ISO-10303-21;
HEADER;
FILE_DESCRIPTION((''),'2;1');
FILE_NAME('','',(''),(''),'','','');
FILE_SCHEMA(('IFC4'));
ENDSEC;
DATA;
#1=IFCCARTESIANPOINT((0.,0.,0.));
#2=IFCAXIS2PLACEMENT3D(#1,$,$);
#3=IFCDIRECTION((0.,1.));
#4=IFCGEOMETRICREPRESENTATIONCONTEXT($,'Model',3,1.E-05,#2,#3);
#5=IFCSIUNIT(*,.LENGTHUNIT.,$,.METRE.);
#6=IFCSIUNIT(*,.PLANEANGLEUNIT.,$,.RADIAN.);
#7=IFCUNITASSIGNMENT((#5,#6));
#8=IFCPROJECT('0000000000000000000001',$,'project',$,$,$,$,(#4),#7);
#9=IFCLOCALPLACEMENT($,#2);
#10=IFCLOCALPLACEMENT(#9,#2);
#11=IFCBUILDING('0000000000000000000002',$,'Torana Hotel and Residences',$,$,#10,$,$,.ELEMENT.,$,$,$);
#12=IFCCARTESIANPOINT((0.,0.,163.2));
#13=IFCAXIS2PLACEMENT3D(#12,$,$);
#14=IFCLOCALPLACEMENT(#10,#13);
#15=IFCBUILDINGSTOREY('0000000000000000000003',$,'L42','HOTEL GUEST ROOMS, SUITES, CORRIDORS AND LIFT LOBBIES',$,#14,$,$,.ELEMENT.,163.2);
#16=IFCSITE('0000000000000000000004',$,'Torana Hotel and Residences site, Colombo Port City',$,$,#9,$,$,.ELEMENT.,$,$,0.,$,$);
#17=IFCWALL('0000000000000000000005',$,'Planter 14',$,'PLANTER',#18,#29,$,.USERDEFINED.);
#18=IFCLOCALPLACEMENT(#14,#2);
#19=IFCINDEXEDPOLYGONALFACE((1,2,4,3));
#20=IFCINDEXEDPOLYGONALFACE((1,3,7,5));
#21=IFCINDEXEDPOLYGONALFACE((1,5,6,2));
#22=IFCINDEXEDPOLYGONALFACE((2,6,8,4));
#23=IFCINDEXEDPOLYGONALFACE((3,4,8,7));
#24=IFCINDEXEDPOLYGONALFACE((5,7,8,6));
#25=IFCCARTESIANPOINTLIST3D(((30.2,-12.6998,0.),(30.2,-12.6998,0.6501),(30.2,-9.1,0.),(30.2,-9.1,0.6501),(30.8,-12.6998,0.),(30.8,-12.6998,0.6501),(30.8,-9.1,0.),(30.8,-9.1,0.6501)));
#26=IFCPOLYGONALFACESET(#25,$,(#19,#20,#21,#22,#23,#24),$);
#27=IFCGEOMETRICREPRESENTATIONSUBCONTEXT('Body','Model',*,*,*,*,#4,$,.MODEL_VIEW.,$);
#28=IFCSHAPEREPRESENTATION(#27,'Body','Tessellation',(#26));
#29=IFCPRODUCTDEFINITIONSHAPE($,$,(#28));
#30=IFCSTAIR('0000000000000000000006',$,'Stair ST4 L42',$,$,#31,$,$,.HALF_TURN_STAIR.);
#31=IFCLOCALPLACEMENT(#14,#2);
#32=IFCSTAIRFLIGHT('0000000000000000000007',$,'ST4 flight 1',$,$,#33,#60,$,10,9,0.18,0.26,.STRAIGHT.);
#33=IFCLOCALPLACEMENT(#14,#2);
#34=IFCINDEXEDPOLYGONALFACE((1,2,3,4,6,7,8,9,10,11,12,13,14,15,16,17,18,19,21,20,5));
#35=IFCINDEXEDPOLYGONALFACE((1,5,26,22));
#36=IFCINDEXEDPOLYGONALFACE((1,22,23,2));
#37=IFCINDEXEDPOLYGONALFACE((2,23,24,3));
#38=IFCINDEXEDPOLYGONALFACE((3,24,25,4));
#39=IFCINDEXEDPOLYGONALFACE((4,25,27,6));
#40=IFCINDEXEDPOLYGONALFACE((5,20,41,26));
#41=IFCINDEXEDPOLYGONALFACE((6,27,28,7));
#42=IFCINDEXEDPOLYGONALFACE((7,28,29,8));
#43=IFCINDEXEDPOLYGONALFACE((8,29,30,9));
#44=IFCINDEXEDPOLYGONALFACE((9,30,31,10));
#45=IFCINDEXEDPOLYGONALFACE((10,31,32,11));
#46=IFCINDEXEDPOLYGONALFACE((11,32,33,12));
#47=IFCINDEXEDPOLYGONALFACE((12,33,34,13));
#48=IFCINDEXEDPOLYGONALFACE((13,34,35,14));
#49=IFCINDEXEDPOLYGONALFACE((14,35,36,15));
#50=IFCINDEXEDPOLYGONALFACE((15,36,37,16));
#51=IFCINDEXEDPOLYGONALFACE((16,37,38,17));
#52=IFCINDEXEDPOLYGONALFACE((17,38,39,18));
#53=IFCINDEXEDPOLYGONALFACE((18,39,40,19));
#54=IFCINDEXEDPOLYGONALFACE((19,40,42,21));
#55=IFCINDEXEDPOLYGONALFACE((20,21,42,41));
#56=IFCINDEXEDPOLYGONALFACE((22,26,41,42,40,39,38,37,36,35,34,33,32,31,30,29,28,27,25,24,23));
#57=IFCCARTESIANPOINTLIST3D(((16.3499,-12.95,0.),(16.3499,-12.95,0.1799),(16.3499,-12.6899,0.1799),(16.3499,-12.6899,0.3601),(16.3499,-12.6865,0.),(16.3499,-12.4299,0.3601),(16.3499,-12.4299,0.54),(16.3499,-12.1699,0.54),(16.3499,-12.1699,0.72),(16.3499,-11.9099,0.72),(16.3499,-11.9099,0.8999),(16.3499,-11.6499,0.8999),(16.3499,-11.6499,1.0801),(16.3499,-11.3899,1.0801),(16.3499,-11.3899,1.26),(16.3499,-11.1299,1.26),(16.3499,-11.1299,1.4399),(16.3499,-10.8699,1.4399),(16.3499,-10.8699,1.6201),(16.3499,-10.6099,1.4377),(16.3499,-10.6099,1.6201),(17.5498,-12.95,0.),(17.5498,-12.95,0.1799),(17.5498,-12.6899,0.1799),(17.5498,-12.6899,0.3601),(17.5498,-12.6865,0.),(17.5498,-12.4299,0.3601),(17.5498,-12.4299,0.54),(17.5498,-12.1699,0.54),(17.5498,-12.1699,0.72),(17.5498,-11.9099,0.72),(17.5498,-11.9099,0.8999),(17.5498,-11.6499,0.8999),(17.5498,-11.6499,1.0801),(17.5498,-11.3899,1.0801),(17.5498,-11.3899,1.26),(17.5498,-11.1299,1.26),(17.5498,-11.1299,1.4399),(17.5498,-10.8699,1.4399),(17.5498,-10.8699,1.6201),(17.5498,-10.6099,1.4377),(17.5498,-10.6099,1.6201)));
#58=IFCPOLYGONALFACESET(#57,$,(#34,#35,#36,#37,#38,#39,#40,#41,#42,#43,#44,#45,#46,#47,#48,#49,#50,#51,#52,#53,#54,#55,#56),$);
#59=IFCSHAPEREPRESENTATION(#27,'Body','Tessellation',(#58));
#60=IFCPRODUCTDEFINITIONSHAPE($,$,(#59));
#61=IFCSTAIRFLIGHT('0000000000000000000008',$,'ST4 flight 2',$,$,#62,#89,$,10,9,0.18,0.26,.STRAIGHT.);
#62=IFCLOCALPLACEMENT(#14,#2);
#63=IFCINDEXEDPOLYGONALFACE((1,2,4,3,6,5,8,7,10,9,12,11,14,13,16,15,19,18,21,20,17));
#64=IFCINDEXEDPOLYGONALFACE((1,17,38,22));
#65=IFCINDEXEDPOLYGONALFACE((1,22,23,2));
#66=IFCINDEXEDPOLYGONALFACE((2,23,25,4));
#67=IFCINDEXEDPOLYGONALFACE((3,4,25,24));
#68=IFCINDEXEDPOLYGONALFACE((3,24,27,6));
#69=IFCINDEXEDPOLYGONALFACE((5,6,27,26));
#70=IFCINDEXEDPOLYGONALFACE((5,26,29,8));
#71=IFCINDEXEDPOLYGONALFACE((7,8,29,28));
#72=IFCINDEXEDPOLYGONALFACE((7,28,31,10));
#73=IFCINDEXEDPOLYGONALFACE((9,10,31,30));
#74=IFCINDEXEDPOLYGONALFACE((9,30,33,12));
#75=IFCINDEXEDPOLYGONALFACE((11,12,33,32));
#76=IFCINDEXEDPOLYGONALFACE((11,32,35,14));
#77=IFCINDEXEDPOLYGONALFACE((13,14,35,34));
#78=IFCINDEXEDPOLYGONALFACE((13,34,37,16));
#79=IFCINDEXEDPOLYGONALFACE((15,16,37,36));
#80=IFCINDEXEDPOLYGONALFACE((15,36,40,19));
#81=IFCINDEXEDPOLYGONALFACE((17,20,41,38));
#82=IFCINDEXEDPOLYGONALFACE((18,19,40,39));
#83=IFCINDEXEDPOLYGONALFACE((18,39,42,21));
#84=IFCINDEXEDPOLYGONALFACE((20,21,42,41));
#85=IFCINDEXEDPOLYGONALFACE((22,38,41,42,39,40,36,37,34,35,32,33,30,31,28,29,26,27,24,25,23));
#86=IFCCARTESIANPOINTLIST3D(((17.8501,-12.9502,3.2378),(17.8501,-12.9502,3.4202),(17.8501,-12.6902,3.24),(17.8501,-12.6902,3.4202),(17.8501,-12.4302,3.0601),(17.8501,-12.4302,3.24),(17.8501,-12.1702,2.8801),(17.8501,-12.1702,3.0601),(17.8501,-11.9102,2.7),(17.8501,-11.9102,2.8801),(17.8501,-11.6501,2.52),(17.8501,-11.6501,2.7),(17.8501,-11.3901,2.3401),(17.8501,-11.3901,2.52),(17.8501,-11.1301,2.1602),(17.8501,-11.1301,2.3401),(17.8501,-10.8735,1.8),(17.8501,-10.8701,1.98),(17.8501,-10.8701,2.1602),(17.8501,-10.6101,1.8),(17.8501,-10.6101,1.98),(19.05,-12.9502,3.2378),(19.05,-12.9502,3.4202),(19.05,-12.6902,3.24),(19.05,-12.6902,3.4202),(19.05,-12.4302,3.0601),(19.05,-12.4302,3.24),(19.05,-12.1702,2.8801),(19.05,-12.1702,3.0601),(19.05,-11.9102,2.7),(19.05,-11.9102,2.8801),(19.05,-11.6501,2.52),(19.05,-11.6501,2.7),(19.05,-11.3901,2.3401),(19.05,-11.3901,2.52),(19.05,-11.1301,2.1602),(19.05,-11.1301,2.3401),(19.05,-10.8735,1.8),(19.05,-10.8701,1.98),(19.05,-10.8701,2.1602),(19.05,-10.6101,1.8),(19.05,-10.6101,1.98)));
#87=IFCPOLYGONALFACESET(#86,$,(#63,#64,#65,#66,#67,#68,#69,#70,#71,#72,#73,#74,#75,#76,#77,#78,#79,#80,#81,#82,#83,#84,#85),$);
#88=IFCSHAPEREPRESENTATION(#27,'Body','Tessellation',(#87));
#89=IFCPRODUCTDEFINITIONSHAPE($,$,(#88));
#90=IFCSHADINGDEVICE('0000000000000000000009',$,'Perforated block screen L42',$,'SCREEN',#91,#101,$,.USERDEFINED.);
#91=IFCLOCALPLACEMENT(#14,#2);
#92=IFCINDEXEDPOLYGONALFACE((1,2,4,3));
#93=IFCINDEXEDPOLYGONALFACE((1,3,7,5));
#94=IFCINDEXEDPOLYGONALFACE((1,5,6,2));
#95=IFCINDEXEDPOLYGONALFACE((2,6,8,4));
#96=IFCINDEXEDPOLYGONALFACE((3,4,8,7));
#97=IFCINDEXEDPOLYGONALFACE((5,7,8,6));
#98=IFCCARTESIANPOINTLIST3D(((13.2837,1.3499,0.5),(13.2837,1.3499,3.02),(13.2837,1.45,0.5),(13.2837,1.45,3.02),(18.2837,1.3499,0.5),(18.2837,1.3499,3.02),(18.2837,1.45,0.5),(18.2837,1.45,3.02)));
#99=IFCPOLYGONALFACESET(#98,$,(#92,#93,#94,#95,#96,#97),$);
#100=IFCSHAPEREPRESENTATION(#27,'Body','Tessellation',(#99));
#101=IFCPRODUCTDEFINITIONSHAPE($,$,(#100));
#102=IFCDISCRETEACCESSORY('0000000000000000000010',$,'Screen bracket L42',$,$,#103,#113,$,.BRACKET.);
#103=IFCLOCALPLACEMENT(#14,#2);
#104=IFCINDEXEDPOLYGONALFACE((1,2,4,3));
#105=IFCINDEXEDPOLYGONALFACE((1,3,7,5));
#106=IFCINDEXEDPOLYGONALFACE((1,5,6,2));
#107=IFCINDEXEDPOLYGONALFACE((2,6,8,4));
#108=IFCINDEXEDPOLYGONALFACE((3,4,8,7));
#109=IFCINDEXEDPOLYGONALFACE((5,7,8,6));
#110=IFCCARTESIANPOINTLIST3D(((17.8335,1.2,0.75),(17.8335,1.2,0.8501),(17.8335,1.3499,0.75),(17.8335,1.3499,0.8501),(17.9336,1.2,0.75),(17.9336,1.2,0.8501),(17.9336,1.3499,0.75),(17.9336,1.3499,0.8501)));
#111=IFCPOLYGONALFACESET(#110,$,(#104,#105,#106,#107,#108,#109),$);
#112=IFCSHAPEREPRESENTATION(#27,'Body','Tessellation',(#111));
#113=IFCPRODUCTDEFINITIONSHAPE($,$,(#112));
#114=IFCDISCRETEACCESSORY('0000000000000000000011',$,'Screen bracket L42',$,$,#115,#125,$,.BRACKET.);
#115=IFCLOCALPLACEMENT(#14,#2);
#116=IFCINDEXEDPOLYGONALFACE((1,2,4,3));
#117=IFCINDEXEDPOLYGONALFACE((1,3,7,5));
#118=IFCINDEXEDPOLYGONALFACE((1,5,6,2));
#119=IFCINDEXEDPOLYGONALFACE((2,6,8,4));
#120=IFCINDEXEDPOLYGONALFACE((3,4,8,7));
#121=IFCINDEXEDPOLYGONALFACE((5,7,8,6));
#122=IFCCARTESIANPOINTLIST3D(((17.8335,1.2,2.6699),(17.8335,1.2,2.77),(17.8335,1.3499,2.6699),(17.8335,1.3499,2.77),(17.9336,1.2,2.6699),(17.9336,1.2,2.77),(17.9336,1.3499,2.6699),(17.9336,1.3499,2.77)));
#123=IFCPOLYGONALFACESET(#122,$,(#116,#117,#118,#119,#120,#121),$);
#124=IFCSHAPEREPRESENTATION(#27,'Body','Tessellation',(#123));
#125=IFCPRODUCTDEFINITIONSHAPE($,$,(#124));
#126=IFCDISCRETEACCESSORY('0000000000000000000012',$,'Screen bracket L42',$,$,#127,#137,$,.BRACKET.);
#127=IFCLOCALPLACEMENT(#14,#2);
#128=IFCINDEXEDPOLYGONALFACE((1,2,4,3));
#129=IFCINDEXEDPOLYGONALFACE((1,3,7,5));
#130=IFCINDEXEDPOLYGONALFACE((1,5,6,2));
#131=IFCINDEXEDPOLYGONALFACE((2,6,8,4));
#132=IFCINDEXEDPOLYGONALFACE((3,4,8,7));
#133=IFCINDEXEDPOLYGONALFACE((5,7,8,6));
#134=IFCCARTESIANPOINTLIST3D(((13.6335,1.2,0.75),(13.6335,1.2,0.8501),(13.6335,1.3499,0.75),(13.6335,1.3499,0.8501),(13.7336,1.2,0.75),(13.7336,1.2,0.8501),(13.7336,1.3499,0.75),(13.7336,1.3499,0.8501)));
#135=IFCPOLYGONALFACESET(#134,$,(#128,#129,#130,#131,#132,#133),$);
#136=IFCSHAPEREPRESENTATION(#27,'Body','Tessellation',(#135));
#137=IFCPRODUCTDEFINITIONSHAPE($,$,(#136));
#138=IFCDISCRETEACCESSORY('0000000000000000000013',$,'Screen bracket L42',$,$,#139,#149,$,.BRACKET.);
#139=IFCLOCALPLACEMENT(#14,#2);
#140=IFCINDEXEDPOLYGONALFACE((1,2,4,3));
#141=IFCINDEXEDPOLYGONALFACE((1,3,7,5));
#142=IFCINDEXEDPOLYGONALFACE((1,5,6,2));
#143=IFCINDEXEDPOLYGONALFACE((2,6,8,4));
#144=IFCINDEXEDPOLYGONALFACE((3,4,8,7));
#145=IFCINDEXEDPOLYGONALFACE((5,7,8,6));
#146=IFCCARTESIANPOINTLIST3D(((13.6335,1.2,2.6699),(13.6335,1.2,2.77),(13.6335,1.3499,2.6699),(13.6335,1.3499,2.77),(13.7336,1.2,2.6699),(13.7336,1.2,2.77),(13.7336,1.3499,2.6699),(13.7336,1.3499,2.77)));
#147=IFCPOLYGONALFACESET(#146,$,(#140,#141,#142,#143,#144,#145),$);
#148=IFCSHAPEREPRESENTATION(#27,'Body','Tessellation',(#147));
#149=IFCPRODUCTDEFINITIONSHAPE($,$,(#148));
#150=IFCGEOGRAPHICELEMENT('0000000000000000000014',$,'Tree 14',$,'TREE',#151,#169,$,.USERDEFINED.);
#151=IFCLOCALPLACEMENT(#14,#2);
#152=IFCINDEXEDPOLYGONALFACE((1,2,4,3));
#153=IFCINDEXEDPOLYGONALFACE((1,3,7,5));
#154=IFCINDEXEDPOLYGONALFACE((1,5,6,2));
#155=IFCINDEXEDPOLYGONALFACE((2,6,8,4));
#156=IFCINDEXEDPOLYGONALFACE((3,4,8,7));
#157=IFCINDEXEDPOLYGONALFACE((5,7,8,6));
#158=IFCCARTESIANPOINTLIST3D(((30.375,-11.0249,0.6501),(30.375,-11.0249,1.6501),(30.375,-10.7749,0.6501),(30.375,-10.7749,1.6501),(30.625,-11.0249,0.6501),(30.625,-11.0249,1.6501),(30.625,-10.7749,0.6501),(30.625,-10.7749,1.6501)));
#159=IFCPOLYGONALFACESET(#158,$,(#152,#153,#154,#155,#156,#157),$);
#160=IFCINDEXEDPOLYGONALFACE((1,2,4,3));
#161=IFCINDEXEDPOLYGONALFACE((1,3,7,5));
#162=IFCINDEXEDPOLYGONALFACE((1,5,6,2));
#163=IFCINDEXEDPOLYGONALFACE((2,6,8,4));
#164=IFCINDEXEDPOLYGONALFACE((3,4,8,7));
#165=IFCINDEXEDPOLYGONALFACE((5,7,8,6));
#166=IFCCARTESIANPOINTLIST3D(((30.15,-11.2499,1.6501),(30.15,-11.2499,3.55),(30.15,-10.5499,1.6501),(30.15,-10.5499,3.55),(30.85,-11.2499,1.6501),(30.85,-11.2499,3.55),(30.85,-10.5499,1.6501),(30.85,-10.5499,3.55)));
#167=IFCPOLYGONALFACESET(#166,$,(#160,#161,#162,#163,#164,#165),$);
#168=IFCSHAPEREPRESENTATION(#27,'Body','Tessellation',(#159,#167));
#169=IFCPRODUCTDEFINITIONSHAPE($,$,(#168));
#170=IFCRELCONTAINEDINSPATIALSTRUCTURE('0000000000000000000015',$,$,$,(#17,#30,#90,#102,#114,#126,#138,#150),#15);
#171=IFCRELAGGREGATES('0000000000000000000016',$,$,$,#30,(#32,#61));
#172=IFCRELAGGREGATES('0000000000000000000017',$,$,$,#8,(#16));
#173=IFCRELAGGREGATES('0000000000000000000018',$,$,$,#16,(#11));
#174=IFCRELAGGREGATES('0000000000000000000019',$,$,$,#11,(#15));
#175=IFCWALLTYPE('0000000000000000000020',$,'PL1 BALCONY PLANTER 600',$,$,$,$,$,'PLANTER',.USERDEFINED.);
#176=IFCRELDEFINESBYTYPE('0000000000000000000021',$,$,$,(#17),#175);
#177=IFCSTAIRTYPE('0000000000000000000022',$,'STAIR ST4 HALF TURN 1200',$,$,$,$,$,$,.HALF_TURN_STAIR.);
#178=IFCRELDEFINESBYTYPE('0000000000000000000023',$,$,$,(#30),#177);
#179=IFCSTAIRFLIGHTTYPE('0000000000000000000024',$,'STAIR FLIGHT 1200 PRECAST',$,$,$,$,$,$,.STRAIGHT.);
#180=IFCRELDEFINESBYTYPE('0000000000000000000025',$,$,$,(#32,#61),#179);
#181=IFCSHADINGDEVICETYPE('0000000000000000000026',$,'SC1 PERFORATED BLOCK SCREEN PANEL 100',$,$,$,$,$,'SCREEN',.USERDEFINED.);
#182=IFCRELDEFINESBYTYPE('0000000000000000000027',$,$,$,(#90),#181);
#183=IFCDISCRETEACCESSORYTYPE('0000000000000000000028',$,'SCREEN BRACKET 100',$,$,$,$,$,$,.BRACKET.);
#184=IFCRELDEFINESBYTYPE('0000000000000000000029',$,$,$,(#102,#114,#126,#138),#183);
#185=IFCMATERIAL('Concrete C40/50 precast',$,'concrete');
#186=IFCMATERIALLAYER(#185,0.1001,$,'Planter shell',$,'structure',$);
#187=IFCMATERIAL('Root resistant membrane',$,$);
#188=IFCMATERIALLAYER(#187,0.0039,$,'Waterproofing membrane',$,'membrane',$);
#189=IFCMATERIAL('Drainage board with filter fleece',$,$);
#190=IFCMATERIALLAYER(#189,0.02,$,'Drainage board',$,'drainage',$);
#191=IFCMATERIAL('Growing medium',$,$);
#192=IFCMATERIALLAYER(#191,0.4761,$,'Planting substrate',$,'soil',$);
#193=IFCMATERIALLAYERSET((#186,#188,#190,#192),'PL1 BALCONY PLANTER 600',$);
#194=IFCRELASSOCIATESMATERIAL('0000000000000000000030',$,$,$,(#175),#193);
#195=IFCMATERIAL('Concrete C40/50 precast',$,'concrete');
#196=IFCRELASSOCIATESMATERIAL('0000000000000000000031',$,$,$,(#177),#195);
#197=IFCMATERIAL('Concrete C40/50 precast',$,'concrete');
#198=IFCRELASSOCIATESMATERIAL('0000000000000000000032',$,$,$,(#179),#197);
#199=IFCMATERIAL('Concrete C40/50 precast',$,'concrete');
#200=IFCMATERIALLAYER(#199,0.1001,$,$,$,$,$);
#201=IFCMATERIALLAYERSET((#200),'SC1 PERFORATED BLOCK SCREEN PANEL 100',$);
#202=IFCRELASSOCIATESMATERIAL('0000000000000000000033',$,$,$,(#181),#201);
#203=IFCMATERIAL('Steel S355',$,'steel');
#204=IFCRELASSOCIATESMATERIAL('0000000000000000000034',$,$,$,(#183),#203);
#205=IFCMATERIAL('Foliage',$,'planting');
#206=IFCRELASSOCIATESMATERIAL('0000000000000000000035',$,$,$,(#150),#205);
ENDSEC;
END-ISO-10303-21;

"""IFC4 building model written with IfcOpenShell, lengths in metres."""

from ifc_helpers import new_model, si_unit, direction, frame, frame_2d, origin, origin_2d, place, context, subcontext, project, spatial, polyline, rectangle, outline, extrude, material, layer, layer_set, type_object, element, aggregate, save


model = new_model("IFC4")

# Units and contexts
model_context = context("Model", 3, precision=1e-05, world=origin(), true_north=direction((0.0, 1.0)))
body_context = subcontext(model_context, "Body", "Model", "MODEL_VIEW")
ifc_project = project(units=[si_unit("LENGTHUNIT", "METRE"), si_unit("PLANEANGLEUNIT", "RADIAN")], contexts=[model_context])

# Site, building, storey
site_placement = place(None, origin())
site = spatial("IfcSite", under=ifc_project, at=site_placement, Name="Torana Hotel and Residences site, Colombo Port City", CompositionType="ELEMENT", RefElevation=0.0)
building_placement = place(site_placement, origin())
building = spatial("IfcBuilding", under=site, at=building_placement, Name="Torana Hotel and Residences", CompositionType="ELEMENT")
storey_placement = place(building_placement, frame((0.0, 0.0, 163.2)))
storey = spatial("IfcBuildingStorey", under=building, at=storey_placement, Name="L42", Description="HOTEL GUEST ROOMS, SUITES, CORRIDORS AND LIFT LOBBIES", CompositionType="ELEMENT", Elevation=163.2)

# Shared definitions
ifc_material_1 = material(Name="Concrete C40/50 precast", Category="concrete")

# Wall
ifc_layer_1 = layer(ifc_material_1, 0.1001, Name="Planter shell", Category="structure")
ifc_material_2 = material(Name="Root resistant membrane")
ifc_layer_2 = layer(ifc_material_2, 0.0039, Name="Waterproofing membrane", Category="membrane")
ifc_material_3 = material(Name="Drainage board with filter fleece")
ifc_layer_3 = layer(ifc_material_3, 0.02, Name="Drainage board", Category="drainage")
ifc_material_4 = material(Name="Growing medium")
ifc_layer_4 = layer(ifc_material_4, 0.4761, Name="Planting substrate", Category="soil")
ifc_layer_set_1 = layer_set([ifc_layer_1, ifc_layer_2, ifc_layer_3, ifc_layer_4], Name="PL1 BALCONY PLANTER 600")
wall_type_1 = type_object("IfcWallType", Name="PL1 BALCONY PLANTER 600", ElementType="PLANTER", PredefinedType="USERDEFINED", material=ifc_layer_set_1)
wall_1_placement = place(storey_placement, frame((30.5, -9.1001, 0.0), z_axis=(0.0, 0.0, 1.0), x_axis=(0.0, -1.0, 0.0)))
element("IfcWall", 1, at=wall_1_placement, inside=storey, type_object=wall_type_1, Name="Planter 14", ObjectType="PLANTER", PredefinedType="USERDEFINED", context=body_context, shape_type="SweptSolid", body=[
    extrude(rectangle(XDim=3.5999, YDim=0.6001, at=frame_2d((1.7998, 0.0))), origin(), (0.0, 0.0, 1.0), 0.6501),
])

# Stair, stair flights
ifc_material_5 = material(Name="Concrete C40/50 precast", Category="concrete")
stair_type = type_object("IfcStairType", Name="STAIR ST4 HALF TURN 1200", PredefinedType="HALF_TURN_STAIR", material=ifc_material_5)
stair_placement = place(storey_placement, origin())
stair = element("IfcStair", 2, at=stair_placement, inside=storey, type_object=stair_type, Name="Stair ST4 L42", PredefinedType="HALF_TURN_STAIR")
ifc_material_6 = material(Name="Concrete C40/50 precast", Category="concrete")
stair_flight_type = type_object("IfcStairFlightType", Name="STAIR FLIGHT 1200 PRECAST", PredefinedType="STRAIGHT", material=ifc_material_6)
stair_flight_1_placement = place(storey_placement, frame((16.95, -12.95, 0.0), z_axis=(0.0, 0.0, 1.0), x_axis=(0.0, 1.0, 0.0)))
stair_flight_1 = element("IfcStairFlight", 3, at=stair_flight_1_placement, type_object=stair_flight_type, Name="ST4 flight 1", NumberOfRisers=10, NumberOfTreads=9, PredefinedType="STRAIGHT", RiserHeight=0.18, TreadLength=0.26, context=body_context, shape_type="SweptSolid", body=[
    extrude(outline(polyline([(0.0, 0.0), (0.0, 0.1799), (0.26, 0.1799), (0.26, 0.3601), (0.52, 0.3601), (0.52, 0.54), (0.78, 0.54), (0.78, 0.72), (1.04, 0.72), (1.04, 0.8999), (1.3, 0.8999), (1.3, 1.0801), (1.5601, 1.0801), (1.5601, 1.26), (1.8201, 1.26), (1.8201, 1.4399), (2.0801, 1.4399), (2.0801, 1.6201), (2.3401, 1.6201), (2.3401, 1.8), (2.3401, 1.4377), (0.2634, 0.0), (0.0, 0.0)])), frame((0.0, 0.6001, 0.0), z_axis=(0.0, -1.0, 0.0), x_axis=(1.0, 0.0, 0.0)), (0.0, 0.0, 1.0), 1.2),
])
stair_flight_2_placement = place(storey_placement, frame((18.45, -10.6101, 1.8), z_axis=(0.0, 0.0, 1.0), x_axis=(0.0, -1.0, 0.0)))
stair_flight_2 = element("IfcStairFlight", 4, at=stair_flight_2_placement, type_object=stair_flight_type, Name="ST4 flight 2", NumberOfRisers=10, NumberOfTreads=9, PredefinedType="STRAIGHT", RiserHeight=0.18, TreadLength=0.26, context=body_context, shape_type="SweptSolid", body=[
    extrude(outline(polyline([(0.0, 0.0), (0.0, 0.1799), (0.26, 0.1799), (0.26, 0.3601), (0.52, 0.3601), (0.52, 0.54), (0.78, 0.54), (0.78, 0.72), (1.04, 0.72), (1.04, 0.8999), (1.3, 0.8999), (1.3, 1.0801), (1.5601, 1.0801), (1.5601, 1.26), (1.8201, 1.26), (1.8201, 1.4399), (2.0801, 1.4399), (2.0801, 1.6201), (2.3401, 1.6201), (2.3401, 1.8), (2.3401, 1.4377), (0.2634, 0.0), (0.0, 0.0)])), frame((0.0, 0.6001, 0.0), z_axis=(0.0, -1.0, 0.0), x_axis=(1.0, 0.0, 0.0)), (0.0, 0.0, 1.0), 1.2),
])
aggregate(stair, [stair_flight_1, stair_flight_2])

# Shading device
ifc_material_7 = material(Name="Concrete C40/50 precast", Category="concrete")
ifc_layer_5 = layer(ifc_material_7, 0.1001)
ifc_layer_set_2 = layer_set([ifc_layer_5], Name="SC1 PERFORATED BLOCK SCREEN PANEL 100")
shading_device_type = type_object("IfcShadingDeviceType", Name="SC1 PERFORATED BLOCK SCREEN PANEL 100", ElementType="SCREEN", PredefinedType="USERDEFINED", material=ifc_layer_set_2)
shading_device_placement = place(storey_placement, frame((15.7837, 1.3999, 0.5), z_axis=(0.0, 0.0, 1.0), x_axis=(-1.0, 0.0, 0.0)))
element("IfcShadingDevice", 5, at=shading_device_placement, inside=storey, type_object=shading_device_type, Name="Perforated block screen L42", ObjectType="SCREEN", PredefinedType="USERDEFINED", context=body_context, shape_type="SweptSolid", body=[
    extrude(rectangle(XDim=5.0, YDim=0.1001, at=origin_2d()), origin(), (0.0, 0.0, 1.0), 2.52),
])

# Discrete accessories
ifc_material_8 = material(Name="Steel S355", Category="steel")
discrete_accessory_type = type_object("IfcDiscreteAccessoryType", Name="SCREEN BRACKET 100", PredefinedType="BRACKET", material=ifc_material_8)
for number, where, z_axis, x_axis, name in (
    (6, (17.8835, 1.2749, 0.75), (0.0, 0.0, 1.0), (-1.0, 0.0, 0.0), "Screen bracket L42"),
    (7, (17.8835, 1.2749, 2.6699), (0.0, 0.0, 1.0), (-1.0, 0.0, 0.0), "Screen bracket L42"),
    (8, (13.6836, 1.2749, 0.75), (0.0, 0.0, 1.0), (-1.0, 0.0, 0.0), "Screen bracket L42"),
    (9, (13.6836, 1.2749, 2.6699), (0.0, 0.0, 1.0), (-1.0, 0.0, 0.0), "Screen bracket L42"),
):
    element("IfcDiscreteAccessory", number, at=place(storey_placement, frame(where, z_axis=z_axis, x_axis=x_axis)), inside=storey, type_object=discrete_accessory_type, Name=name, PredefinedType="BRACKET", context=body_context, shape_type="SweptSolid", body=[
        extrude(rectangle(XDim=0.1001, YDim=0.1499, at=origin_2d()), origin(), (0.0, 0.0, 1.0), 0.1001),
    ])

# Geographic element
ifc_material_9 = material(Name="Foliage", Category="planting")
geographic_element_placement = place(storey_placement, frame((30.5, -10.8999, 0.6501), z_axis=(0.0, 0.0, 1.0), x_axis=(1.0, 0.0, 0.0)))
element("IfcGeographicElement", 10, at=geographic_element_placement, inside=storey, material=ifc_material_9, Name="Tree 14", ObjectType="TREE", PredefinedType="USERDEFINED", context=body_context, shape_type="SweptSolid", body=[
    extrude(rectangle(XDim=0.25, YDim=0.25, at=origin_2d()), origin(), (0.0, 0.0, 1.0), 1.0),
    extrude(rectangle(XDim=0.7, YDim=0.7, at=origin_2d()), frame((0.0, 0.0, 1.0)), (0.0, 0.0, 1.0), 1.8999),
])

save(model, "model.ifc")
